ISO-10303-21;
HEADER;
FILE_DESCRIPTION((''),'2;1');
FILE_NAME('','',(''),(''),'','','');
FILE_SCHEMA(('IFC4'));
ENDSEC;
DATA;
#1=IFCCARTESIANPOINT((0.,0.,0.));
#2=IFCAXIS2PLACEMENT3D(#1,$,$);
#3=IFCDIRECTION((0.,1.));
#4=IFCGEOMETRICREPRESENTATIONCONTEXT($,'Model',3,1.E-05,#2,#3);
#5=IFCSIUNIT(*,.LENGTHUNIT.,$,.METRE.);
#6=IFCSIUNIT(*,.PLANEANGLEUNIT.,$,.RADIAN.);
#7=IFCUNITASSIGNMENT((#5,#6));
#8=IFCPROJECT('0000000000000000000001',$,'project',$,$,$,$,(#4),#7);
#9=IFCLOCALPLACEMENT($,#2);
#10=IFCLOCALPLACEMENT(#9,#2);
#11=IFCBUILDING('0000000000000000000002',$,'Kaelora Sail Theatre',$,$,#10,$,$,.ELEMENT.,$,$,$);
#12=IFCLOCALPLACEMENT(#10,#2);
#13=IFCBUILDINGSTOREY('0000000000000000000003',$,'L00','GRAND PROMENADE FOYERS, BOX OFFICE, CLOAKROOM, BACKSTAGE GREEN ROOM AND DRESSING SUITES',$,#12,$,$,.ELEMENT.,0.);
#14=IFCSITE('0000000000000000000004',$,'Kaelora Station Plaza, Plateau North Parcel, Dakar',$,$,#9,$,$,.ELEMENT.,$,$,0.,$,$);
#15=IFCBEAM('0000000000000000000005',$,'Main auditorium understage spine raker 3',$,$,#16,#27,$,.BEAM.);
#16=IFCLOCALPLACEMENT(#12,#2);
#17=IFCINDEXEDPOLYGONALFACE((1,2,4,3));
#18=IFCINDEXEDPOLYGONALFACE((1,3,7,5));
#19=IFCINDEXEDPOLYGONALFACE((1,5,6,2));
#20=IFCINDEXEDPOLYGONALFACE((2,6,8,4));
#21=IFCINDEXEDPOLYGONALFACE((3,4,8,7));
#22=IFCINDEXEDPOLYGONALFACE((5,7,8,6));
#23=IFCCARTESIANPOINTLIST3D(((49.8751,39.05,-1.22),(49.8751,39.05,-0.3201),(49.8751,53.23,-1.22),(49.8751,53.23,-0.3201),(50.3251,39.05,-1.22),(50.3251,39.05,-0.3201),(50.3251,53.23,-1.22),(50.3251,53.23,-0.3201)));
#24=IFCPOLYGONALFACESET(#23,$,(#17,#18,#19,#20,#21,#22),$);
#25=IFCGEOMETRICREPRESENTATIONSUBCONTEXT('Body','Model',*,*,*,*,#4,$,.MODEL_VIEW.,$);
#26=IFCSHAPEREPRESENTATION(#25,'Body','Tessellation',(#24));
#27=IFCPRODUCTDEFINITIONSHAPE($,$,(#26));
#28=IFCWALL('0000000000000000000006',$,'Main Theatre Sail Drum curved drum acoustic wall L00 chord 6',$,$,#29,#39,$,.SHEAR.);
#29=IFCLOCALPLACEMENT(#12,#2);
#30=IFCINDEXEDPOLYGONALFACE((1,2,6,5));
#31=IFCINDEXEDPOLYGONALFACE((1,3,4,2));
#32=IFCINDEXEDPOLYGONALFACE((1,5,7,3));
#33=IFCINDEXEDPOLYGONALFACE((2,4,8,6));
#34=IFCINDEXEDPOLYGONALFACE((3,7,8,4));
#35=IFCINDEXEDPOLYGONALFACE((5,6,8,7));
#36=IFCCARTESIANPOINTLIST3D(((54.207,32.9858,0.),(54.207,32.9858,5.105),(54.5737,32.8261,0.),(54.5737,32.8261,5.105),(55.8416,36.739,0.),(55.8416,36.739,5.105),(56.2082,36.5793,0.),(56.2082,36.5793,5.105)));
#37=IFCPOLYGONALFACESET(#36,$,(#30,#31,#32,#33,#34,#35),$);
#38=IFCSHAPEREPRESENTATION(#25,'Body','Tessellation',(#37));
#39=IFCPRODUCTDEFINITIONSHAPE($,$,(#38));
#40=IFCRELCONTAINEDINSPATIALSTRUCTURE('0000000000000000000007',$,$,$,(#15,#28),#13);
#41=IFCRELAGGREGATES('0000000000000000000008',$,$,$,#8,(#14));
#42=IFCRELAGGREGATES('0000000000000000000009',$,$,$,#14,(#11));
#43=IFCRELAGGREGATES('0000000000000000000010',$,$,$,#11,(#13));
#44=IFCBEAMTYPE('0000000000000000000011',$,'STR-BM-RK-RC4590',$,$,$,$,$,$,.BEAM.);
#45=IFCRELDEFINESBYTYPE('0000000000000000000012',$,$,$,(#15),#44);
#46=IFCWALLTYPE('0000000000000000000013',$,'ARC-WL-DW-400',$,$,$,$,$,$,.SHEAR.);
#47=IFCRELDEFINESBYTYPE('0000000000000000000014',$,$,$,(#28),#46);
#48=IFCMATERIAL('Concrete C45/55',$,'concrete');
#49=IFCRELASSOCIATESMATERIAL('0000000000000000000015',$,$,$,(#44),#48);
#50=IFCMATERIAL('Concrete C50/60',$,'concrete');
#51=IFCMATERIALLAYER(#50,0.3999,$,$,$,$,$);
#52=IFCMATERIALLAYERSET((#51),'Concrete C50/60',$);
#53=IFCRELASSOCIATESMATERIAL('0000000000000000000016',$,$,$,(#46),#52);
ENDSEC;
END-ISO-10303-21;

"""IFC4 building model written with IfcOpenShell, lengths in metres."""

from ifc_helpers import new_model, si_unit, direction, frame, frame_2d, origin, origin_2d, place, context, subcontext, project, spatial, rectangle, extrude, material, layer, layer_set, material_profile, profile_set, type_object, element, save


model = new_model("IFC4")

# Units and contexts
model_context = context("Model", 3, precision=1e-05, world=origin(), true_north=direction((0.0, 1.0)))
body_context = subcontext(model_context, "Body", "Model", "MODEL_VIEW")
ifc_project = project(units=[si_unit("LENGTHUNIT", "METRE"), si_unit("PLANEANGLEUNIT", "RADIAN")], contexts=[model_context])

# Site, building, storey
site_placement = place(None, origin())
site = spatial("IfcSite", under=ifc_project, at=site_placement, Name="Kaelora Station Plaza, Plateau North Parcel, Dakar", CompositionType="ELEMENT", RefElevation=0.0)
building_placement = place(site_placement, origin())
building = spatial("IfcBuilding", under=site, at=building_placement, Name="Kaelora Sail Theatre", CompositionType="ELEMENT")
storey_placement = place(building_placement, origin())
storey = spatial("IfcBuildingStorey", under=building, at=storey_placement, Name="L00", Description="GRAND PROMENADE FOYERS, BOX OFFICE, CLOAKROOM, BACKSTAGE GREEN ROOM AND DRESSING SUITES", CompositionType="ELEMENT", Elevation=0.0)

# Beam
ifc_material_1 = material(Name="Concrete C45/55", Category="concrete")
ifc_material_profile_1 = material_profile(ifc_material_1, rectangle(XDim=0.45, YDim=0.8999, at=origin_2d()), Name="RC-RAK 450x900")
ifc_profile_set_1 = profile_set([ifc_material_profile_1], Name="Concrete C45/55")
beam_type_1 = type_object("IfcBeamType", Name="STR-BM-RK-RC4590", PredefinedType="BEAM", material=ifc_profile_set_1)
beam_1_placement = place(storey_placement, frame((50.1001, 39.05, -0.77), z_axis=(0.0, 1.0, 0.0), x_axis=(-1.0, 0.0, 0.0)))
element("IfcBeam", 1, at=beam_1_placement, inside=storey, type_object=beam_type_1, Name="Main auditorium understage spine raker 3", PredefinedType="BEAM", context=body_context, shape_type="SweptSolid", body=[
    extrude(rectangle(XDim=0.45, YDim=0.8999, at=origin_2d()), origin(), (0.0, 0.0, 1.0), 14.1799),
])

# Wall
ifc_material_2 = material(Name="Concrete C50/60", Category="concrete")
ifc_layer = layer(ifc_material_2, 0.3999)
ifc_layer_set = layer_set([ifc_layer], Name="Concrete C50/60")
wall_type = type_object("IfcWallType", Name="ARC-WL-DW-400", PredefinedType="SHEAR", material=ifc_layer_set)
wall_placement = place(storey_placement, frame((56.0249, 36.6592, 0.0), z_axis=(0.0, 0.0, 1.0), x_axis=(-0.399282, -0.916828, 0.0)))
element("IfcWall", 2, at=wall_placement, inside=storey, type_object=wall_type, Name="Main Theatre Sail Drum curved drum acoustic wall L00 chord 6", PredefinedType="SHEAR", context=body_context, shape_type="SweptSolid", body=[
    extrude(rectangle(XDim=4.0938, YDim=0.3999, at=frame_2d((2.0469, 0.0))), origin(), (0.0, 0.0, 1.0), 5.105),
])

save(model, "model.ifc")
